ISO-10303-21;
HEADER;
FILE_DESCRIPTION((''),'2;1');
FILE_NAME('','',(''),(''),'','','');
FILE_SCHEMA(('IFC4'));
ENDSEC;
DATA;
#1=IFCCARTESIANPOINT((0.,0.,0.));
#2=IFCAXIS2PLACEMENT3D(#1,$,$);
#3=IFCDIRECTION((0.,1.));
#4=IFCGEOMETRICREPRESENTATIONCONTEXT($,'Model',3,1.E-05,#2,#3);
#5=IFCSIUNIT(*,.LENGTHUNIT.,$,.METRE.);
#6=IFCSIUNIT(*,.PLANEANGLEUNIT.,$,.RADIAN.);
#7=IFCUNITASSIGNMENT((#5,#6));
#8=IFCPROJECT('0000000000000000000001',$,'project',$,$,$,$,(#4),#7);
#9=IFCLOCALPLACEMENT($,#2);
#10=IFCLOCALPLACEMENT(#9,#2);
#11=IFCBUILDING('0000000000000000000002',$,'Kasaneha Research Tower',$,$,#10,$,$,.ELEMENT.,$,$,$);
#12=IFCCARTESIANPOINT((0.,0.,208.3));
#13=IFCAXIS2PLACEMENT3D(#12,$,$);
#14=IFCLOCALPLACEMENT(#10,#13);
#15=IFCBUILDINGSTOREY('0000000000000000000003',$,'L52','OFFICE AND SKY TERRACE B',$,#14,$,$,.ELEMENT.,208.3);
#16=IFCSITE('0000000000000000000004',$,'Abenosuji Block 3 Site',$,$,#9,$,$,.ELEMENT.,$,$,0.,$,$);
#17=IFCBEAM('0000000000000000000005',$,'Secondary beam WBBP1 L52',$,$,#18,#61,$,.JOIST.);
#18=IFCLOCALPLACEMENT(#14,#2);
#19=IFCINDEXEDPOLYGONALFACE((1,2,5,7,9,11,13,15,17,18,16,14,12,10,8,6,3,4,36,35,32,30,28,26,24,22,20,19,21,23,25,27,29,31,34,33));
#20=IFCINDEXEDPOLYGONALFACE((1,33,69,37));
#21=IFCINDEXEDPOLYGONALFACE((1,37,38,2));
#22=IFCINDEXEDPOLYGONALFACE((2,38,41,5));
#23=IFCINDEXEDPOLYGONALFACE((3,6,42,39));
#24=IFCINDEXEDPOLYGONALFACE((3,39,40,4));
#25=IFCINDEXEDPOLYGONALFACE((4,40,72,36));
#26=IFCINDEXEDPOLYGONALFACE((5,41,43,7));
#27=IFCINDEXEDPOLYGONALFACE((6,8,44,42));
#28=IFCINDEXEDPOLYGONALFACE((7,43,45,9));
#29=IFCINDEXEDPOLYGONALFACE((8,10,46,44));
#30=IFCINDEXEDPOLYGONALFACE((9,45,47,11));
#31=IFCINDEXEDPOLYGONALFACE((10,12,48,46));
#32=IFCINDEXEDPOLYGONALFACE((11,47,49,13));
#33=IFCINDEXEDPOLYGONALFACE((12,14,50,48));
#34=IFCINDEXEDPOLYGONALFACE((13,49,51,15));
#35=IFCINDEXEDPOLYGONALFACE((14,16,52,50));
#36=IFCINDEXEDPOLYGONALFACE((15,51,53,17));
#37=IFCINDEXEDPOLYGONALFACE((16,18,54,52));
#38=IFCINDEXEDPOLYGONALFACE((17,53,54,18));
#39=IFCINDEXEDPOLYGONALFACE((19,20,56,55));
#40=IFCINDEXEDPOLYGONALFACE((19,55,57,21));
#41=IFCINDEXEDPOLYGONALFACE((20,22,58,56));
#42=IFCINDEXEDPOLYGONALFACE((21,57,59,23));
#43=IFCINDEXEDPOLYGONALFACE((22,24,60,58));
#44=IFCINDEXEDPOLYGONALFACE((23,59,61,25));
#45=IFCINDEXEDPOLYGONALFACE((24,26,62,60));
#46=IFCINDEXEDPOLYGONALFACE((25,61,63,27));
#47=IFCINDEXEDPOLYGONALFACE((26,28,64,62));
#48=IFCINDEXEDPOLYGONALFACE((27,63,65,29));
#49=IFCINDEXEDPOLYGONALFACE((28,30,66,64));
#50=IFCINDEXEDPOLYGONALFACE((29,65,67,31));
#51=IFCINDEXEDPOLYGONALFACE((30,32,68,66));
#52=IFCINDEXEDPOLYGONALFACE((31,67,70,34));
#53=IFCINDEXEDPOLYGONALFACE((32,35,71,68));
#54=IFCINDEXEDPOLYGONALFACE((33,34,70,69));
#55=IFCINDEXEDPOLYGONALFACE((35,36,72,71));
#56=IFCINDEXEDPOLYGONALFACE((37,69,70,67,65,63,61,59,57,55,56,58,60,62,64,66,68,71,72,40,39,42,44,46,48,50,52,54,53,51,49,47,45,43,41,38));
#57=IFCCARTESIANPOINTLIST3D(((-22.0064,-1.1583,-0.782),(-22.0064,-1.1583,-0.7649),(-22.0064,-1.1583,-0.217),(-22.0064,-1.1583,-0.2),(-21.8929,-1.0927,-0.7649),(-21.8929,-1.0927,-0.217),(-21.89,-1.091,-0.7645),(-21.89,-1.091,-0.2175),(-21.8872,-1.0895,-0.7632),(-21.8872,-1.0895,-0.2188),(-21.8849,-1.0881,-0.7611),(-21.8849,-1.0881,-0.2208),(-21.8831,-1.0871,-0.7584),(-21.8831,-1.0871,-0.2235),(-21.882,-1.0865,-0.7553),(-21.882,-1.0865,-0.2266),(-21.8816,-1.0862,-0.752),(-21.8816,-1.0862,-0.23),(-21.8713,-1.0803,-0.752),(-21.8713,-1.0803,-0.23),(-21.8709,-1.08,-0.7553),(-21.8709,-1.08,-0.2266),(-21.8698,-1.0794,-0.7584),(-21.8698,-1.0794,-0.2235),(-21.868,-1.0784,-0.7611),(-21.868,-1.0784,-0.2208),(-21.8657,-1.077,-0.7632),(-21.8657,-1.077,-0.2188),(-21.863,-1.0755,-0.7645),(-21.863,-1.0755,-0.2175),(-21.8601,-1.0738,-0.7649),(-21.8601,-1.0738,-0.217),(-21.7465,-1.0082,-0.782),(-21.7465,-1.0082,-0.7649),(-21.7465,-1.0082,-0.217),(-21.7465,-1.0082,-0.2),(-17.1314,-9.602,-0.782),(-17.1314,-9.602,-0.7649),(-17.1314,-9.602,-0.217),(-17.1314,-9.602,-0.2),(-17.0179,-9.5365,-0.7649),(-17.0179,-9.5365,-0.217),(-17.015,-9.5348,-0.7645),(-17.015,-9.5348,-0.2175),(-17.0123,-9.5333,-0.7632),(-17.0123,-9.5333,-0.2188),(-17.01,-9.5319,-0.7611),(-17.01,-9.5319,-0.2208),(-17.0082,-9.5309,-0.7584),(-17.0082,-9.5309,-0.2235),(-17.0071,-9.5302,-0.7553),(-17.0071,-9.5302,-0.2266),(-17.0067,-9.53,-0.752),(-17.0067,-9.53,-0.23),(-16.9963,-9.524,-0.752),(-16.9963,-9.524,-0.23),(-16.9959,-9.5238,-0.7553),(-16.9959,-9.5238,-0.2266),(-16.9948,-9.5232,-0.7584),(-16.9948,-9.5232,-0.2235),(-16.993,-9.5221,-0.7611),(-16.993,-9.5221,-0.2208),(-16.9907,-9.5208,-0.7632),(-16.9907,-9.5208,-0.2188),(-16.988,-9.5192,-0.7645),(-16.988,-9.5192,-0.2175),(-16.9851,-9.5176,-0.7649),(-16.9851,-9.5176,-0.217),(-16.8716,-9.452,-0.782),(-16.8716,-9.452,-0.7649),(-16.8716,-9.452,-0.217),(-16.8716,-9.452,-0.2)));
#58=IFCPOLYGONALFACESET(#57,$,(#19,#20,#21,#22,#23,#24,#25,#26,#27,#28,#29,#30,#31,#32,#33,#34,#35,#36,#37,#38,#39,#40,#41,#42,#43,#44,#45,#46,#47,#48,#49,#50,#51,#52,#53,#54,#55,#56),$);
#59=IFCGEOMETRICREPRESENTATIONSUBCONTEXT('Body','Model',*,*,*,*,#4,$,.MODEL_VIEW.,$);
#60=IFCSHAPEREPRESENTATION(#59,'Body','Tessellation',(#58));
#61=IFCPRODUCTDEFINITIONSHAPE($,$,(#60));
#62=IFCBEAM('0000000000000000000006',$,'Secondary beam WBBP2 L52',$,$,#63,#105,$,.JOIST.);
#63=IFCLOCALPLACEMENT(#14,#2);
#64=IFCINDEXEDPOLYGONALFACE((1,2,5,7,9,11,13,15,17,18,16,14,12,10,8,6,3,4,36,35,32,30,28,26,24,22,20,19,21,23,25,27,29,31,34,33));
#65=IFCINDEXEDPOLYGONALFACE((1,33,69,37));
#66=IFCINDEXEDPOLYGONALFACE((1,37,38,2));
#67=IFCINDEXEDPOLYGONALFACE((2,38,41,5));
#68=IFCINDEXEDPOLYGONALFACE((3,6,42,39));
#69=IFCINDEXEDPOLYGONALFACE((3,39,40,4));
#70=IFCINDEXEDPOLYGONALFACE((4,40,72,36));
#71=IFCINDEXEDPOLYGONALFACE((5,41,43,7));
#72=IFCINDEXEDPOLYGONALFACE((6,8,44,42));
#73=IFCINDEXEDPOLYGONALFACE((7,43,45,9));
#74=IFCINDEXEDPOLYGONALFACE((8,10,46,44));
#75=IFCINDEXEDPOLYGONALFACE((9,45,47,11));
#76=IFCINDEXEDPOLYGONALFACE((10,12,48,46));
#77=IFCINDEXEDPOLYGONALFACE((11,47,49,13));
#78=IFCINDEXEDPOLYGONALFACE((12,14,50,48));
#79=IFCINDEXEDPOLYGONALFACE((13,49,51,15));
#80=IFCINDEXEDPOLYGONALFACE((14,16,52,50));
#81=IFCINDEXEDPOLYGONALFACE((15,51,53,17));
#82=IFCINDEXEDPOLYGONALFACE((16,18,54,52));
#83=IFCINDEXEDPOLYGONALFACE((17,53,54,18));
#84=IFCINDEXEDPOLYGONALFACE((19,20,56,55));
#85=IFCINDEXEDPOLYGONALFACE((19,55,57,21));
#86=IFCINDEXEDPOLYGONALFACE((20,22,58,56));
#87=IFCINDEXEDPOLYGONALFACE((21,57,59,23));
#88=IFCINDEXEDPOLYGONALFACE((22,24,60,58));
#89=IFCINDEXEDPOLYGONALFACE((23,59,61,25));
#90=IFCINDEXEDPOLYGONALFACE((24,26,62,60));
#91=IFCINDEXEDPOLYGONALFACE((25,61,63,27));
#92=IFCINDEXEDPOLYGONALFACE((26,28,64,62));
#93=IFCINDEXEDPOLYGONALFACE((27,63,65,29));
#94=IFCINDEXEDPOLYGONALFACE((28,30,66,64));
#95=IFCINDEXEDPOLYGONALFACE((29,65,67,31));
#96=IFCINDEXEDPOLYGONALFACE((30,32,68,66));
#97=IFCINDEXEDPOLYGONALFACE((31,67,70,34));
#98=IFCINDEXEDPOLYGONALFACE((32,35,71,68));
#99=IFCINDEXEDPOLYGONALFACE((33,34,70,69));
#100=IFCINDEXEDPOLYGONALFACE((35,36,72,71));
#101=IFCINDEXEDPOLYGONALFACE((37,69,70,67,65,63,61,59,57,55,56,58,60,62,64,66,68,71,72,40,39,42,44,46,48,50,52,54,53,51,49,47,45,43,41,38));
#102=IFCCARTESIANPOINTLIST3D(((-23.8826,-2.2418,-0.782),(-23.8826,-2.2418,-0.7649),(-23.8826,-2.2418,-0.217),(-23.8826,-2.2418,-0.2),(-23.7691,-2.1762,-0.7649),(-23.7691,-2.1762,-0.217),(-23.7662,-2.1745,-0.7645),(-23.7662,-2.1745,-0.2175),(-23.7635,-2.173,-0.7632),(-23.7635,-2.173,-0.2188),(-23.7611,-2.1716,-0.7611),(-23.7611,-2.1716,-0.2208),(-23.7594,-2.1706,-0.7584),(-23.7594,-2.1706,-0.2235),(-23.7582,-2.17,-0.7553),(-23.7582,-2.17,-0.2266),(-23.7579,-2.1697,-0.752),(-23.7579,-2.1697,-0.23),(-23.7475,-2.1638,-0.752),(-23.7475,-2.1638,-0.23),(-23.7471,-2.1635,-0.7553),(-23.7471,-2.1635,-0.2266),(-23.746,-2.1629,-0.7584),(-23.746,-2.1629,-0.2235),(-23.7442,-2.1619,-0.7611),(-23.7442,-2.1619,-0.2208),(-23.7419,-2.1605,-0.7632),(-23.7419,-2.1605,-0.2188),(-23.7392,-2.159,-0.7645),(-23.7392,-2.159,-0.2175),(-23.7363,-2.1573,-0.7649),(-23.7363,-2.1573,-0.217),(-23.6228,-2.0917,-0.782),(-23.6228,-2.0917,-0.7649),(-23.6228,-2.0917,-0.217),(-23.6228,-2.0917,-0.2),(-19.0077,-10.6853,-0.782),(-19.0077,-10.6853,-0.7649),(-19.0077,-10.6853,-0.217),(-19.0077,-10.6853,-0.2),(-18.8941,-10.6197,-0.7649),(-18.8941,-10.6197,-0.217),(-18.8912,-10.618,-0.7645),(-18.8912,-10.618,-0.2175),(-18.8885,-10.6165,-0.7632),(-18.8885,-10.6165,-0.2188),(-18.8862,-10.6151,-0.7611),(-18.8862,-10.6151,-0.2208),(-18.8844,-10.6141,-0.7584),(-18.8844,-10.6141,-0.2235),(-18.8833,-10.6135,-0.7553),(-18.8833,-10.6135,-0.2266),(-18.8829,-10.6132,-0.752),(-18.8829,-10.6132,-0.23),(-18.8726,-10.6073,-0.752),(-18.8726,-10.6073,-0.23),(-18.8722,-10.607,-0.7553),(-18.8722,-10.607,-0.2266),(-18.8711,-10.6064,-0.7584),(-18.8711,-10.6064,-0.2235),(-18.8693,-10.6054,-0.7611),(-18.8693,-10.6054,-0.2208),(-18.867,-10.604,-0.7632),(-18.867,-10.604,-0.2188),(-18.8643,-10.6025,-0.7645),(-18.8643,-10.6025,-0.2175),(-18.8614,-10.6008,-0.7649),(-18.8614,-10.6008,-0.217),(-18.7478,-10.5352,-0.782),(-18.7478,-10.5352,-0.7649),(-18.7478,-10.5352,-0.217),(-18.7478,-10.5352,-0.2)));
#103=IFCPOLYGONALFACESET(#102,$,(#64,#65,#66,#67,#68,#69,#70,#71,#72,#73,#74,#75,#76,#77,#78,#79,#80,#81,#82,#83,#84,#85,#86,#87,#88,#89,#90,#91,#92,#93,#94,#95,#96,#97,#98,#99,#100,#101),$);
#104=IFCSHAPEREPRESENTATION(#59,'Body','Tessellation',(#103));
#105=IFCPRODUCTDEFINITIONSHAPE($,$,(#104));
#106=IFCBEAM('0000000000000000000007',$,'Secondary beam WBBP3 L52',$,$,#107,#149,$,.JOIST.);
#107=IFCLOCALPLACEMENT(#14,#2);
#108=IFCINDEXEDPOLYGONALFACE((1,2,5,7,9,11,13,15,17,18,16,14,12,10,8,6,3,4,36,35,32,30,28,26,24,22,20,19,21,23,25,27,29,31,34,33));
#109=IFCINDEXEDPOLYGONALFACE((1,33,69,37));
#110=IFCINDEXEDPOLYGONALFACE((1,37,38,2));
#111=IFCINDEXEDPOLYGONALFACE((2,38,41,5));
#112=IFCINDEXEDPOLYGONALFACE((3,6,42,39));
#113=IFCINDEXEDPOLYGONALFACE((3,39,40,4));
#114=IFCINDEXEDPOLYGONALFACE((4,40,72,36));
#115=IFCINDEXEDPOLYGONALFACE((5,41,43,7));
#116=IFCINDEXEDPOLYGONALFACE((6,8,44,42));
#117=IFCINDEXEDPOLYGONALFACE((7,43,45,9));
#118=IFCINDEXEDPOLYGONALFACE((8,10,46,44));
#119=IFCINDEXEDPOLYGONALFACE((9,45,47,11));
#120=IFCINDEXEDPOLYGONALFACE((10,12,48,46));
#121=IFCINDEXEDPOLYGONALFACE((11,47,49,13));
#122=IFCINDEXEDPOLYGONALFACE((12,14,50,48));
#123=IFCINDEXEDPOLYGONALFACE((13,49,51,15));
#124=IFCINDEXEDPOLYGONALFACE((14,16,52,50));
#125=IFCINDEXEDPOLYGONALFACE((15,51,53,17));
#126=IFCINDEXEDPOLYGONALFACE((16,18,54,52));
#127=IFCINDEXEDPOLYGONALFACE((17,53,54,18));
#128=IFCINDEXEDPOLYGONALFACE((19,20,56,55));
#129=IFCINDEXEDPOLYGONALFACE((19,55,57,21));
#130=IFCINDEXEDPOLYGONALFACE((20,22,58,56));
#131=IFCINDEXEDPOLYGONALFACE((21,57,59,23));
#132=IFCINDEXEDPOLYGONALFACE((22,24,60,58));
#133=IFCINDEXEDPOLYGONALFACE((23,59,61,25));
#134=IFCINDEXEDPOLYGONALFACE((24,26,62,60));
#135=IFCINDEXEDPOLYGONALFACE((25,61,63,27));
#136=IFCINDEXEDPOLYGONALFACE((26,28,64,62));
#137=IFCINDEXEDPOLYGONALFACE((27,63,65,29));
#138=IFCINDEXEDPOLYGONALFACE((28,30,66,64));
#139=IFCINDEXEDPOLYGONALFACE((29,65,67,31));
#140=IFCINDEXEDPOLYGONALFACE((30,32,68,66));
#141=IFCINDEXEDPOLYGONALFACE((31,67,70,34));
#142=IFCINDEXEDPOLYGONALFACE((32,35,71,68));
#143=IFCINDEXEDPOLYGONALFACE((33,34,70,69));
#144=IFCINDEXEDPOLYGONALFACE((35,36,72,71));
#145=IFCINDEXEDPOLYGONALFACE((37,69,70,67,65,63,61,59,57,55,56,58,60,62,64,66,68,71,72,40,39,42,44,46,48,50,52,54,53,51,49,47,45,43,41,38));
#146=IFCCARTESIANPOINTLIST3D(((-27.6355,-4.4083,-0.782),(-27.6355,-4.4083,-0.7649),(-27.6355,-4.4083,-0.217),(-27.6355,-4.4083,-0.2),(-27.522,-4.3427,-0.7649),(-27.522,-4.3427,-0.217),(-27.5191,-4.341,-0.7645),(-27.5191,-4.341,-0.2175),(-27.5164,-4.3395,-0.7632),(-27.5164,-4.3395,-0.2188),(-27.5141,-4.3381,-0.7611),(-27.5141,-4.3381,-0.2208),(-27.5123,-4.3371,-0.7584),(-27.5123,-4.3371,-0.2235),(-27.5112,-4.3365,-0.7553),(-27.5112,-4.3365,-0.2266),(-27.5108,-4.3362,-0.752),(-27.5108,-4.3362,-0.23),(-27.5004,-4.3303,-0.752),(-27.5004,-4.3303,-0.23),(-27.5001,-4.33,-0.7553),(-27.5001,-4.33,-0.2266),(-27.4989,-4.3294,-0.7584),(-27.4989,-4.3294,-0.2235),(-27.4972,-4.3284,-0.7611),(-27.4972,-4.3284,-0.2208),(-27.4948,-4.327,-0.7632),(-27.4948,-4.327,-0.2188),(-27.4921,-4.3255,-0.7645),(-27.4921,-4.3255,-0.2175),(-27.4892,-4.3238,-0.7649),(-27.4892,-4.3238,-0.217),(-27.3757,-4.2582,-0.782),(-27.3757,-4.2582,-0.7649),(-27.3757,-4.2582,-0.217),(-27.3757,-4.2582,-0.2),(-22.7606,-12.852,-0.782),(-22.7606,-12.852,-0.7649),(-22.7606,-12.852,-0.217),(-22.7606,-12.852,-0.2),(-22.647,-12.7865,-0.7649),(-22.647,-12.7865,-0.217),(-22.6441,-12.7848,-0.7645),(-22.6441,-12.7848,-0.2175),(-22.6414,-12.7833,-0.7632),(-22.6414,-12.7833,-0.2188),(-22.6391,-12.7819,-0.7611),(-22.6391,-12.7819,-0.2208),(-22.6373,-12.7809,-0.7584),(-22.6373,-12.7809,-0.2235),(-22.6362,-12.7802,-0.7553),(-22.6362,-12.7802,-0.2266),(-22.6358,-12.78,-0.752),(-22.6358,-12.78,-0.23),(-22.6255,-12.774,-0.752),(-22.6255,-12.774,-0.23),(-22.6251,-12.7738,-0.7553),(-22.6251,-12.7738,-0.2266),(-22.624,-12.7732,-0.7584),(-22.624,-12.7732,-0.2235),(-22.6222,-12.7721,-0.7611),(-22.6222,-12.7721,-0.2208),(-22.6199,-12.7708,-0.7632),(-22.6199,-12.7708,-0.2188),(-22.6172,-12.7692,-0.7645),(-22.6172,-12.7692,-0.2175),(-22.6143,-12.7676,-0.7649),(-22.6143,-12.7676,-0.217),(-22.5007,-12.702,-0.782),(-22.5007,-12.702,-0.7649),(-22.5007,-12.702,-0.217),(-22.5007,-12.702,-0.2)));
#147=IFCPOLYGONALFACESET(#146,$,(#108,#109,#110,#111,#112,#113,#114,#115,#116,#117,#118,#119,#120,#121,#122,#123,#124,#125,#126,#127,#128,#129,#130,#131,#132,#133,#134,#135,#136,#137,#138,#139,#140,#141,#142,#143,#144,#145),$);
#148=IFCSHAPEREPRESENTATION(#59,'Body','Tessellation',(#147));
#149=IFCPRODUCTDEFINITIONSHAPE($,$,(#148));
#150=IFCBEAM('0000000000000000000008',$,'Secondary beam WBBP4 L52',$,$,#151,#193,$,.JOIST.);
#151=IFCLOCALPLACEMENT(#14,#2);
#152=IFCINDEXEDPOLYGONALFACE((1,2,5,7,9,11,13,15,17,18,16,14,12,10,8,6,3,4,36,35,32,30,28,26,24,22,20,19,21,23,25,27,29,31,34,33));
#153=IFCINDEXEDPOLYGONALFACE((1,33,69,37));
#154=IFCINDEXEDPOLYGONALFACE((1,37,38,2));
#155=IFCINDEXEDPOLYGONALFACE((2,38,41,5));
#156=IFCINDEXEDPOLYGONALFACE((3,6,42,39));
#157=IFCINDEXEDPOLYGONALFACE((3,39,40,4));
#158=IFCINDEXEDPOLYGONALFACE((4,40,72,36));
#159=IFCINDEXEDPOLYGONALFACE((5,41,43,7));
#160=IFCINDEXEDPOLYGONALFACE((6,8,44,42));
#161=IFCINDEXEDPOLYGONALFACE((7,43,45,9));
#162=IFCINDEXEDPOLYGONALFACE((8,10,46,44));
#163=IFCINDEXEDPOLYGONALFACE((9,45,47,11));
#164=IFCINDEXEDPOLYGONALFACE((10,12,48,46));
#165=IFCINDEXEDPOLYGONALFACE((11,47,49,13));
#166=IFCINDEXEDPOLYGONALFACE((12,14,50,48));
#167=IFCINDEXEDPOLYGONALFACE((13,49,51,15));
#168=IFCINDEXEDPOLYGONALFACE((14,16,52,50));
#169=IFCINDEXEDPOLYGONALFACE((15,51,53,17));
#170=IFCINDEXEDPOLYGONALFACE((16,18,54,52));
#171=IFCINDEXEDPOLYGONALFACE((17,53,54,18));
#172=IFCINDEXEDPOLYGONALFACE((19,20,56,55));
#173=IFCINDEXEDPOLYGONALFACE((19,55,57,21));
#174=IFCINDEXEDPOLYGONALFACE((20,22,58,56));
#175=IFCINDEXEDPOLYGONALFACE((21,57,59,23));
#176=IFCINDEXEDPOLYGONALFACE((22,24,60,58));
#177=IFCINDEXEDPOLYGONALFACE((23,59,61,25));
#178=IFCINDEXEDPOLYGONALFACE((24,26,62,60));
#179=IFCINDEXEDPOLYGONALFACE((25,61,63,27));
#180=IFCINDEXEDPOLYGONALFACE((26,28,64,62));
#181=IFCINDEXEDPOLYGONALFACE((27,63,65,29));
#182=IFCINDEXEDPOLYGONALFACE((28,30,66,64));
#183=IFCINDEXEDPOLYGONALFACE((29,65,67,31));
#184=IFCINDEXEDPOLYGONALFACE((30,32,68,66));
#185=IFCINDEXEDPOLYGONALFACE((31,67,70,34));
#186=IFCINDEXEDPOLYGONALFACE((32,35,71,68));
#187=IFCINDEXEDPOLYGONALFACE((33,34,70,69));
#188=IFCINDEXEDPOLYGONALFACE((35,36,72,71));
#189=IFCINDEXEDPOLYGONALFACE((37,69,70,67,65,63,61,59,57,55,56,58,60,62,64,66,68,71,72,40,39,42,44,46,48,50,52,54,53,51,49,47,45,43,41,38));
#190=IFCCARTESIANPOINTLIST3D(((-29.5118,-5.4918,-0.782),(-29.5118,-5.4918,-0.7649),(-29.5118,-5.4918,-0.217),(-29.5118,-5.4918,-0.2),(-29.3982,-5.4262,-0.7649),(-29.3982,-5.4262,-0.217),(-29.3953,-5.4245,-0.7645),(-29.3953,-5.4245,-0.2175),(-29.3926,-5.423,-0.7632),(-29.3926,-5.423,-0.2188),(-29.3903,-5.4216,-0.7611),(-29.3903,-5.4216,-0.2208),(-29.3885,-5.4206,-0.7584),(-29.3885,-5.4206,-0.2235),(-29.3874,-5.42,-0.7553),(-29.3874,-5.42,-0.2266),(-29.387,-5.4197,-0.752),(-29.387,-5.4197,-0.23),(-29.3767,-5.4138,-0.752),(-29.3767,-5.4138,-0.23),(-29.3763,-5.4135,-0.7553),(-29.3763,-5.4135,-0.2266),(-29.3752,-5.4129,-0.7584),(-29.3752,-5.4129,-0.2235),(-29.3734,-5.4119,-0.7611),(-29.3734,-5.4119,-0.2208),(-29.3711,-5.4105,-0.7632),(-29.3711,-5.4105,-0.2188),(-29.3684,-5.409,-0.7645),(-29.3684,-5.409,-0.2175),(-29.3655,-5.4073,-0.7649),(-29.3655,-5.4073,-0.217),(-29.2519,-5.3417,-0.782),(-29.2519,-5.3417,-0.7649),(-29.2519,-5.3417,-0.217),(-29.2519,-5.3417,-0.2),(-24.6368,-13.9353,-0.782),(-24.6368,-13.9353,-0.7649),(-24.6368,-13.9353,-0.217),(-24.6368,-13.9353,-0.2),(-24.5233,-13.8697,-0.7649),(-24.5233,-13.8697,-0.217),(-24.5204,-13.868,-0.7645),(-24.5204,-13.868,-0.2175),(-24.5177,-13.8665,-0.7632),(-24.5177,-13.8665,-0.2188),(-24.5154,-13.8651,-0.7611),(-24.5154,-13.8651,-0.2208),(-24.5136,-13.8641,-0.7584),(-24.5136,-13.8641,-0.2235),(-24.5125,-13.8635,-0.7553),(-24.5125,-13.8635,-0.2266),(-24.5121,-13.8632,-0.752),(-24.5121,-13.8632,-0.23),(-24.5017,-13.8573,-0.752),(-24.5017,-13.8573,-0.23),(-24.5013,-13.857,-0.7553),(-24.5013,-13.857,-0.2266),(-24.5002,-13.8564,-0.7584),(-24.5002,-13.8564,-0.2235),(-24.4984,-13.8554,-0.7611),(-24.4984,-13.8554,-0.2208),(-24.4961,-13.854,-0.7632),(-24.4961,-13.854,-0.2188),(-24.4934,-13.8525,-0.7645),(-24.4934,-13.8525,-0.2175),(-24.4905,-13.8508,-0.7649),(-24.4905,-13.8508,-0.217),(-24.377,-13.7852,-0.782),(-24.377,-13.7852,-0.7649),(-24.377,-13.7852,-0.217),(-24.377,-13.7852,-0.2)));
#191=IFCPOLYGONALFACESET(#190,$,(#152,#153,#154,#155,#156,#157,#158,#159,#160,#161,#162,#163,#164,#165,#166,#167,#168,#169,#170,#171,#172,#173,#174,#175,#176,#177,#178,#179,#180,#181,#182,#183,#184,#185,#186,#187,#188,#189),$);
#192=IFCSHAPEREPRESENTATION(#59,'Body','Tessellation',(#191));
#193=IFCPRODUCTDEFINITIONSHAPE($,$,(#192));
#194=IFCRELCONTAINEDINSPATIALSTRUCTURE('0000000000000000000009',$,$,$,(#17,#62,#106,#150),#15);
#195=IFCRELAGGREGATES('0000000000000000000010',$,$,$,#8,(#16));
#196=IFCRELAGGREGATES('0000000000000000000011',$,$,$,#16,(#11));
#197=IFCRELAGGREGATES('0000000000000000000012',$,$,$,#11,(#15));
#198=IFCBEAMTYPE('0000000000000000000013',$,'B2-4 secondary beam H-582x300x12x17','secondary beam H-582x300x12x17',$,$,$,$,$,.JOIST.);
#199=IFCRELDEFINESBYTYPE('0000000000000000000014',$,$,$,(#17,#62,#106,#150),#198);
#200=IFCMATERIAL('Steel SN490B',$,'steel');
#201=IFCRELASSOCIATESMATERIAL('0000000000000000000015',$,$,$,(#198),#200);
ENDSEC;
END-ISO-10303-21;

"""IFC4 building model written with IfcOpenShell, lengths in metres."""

from ifc_helpers import new_model, si_unit, direction, frame, origin, origin_2d, place, context, subcontext, project, spatial, i_section, extrude, material, material_profile, profile_set, type_object, element, save


model = new_model("IFC4")

# Units and contexts
model_context = context("Model", 3, precision=1e-05, world=origin(), true_north=direction((0.0, 1.0)))
body_context = subcontext(model_context, "Body", "Model", "MODEL_VIEW")
ifc_project = project(units=[si_unit("LENGTHUNIT", "METRE"), si_unit("PLANEANGLEUNIT", "RADIAN")], contexts=[model_context])

# Site, building, storey
site_placement = place(None, origin())
site = spatial("IfcSite", under=ifc_project, at=site_placement, Name="Abenosuji Block 3 Site", CompositionType="ELEMENT", RefElevation=0.0)
building_placement = place(site_placement, origin())
building = spatial("IfcBuilding", under=site, at=building_placement, Name="Kasaneha Research Tower", CompositionType="ELEMENT")
storey_placement = place(building_placement, frame((0.0, 0.0, 208.3)))
storey = spatial("IfcBuildingStorey", under=building, at=storey_placement, Name="L52", Description="OFFICE AND SKY TERRACE B", CompositionType="ELEMENT", Elevation=208.3)

# Beams
ifc_material_1 = material(Name="Steel SN490B", Category="steel")
ifc_material_profile_1 = material_profile(ifc_material_1, i_section(OverallWidth=0.3, OverallDepth=0.582, WebThickness=0.012, FlangeThickness=0.0171, FilletRadius=0.0129, at=origin_2d()), Name="H-582x300x12x17")
ifc_profile_set_1 = profile_set([ifc_material_profile_1], Name="Steel SN490B")
beam_type_1 = type_object("IfcBeamType", Name="B2-4 secondary beam H-582x300x12x17", Description="secondary beam H-582x300x12x17", PredefinedType="JOIST", material=ifc_profile_set_1)
beam_1_placement = place(storey_placement, frame((-21.8765, -1.0833, -0.491), z_axis=(0.499996, -0.866028, 0.0), x_axis=(0.866028, 0.499996, 0.0)))
element("IfcBeam", 1, at=beam_1_placement, inside=storey, type_object=beam_type_1, Name="Secondary beam WBBP1 L52", PredefinedType="JOIST", context=body_context, shape_type="SweptSolid", body=[
    extrude(i_section(OverallWidth=0.3, OverallDepth=0.582, WebThickness=0.012, FlangeThickness=0.0171, FilletRadius=0.0129, at=origin_2d()), origin(), (0.0, 0.0, 1.0), 9.75),
])
beam_2_placement = place(storey_placement, frame((-23.7527, -2.1667, -0.491), z_axis=(0.500006, -0.866022, 0.0), x_axis=(0.866022, 0.500006, 0.0)))
element("IfcBeam", 2, at=beam_2_placement, inside=storey, type_object=beam_type_1, Name="Secondary beam WBBP2 L52", PredefinedType="JOIST", context=body_context, shape_type="SweptSolid", body=[
    extrude(i_section(OverallWidth=0.3, OverallDepth=0.582, WebThickness=0.012, FlangeThickness=0.0171, FilletRadius=0.0129, at=origin_2d()), origin(), (0.0, 0.0, 1.0), 9.7498),
])
beam_3_placement = place(storey_placement, frame((-27.5056, -4.3333, -0.491), z_axis=(0.499996, -0.866028, 0.0), x_axis=(0.866028, 0.499996, 0.0)))
element("IfcBeam", 3, at=beam_3_placement, inside=storey, type_object=beam_type_1, Name="Secondary beam WBBP3 L52", PredefinedType="JOIST", context=body_context, shape_type="SweptSolid", body=[
    extrude(i_section(OverallWidth=0.3, OverallDepth=0.582, WebThickness=0.012, FlangeThickness=0.0171, FilletRadius=0.0129, at=origin_2d()), origin(), (0.0, 0.0, 1.0), 9.75),
])
for number, where, z_axis, x_axis, name in (
    (4, (-29.3818, -5.4167, -0.491), (0.500006, -0.866022, 0.0), (0.866022, 0.500006, 0.0), "Secondary beam WBBP4 L52"),
):
    element("IfcBeam", number, at=place(storey_placement, frame(where, z_axis=z_axis, x_axis=x_axis)), inside=storey, type_object=beam_type_1, Name=name, PredefinedType="JOIST", context=body_context, shape_type="SweptSolid", body=[
        extrude(i_section(OverallWidth=0.3, OverallDepth=0.582, WebThickness=0.012, FlangeThickness=0.0171, FilletRadius=0.0129, at=origin_2d()), origin(), (0.0, 0.0, 1.0), 9.7498),
    ])

save(model, "model.ifc")
